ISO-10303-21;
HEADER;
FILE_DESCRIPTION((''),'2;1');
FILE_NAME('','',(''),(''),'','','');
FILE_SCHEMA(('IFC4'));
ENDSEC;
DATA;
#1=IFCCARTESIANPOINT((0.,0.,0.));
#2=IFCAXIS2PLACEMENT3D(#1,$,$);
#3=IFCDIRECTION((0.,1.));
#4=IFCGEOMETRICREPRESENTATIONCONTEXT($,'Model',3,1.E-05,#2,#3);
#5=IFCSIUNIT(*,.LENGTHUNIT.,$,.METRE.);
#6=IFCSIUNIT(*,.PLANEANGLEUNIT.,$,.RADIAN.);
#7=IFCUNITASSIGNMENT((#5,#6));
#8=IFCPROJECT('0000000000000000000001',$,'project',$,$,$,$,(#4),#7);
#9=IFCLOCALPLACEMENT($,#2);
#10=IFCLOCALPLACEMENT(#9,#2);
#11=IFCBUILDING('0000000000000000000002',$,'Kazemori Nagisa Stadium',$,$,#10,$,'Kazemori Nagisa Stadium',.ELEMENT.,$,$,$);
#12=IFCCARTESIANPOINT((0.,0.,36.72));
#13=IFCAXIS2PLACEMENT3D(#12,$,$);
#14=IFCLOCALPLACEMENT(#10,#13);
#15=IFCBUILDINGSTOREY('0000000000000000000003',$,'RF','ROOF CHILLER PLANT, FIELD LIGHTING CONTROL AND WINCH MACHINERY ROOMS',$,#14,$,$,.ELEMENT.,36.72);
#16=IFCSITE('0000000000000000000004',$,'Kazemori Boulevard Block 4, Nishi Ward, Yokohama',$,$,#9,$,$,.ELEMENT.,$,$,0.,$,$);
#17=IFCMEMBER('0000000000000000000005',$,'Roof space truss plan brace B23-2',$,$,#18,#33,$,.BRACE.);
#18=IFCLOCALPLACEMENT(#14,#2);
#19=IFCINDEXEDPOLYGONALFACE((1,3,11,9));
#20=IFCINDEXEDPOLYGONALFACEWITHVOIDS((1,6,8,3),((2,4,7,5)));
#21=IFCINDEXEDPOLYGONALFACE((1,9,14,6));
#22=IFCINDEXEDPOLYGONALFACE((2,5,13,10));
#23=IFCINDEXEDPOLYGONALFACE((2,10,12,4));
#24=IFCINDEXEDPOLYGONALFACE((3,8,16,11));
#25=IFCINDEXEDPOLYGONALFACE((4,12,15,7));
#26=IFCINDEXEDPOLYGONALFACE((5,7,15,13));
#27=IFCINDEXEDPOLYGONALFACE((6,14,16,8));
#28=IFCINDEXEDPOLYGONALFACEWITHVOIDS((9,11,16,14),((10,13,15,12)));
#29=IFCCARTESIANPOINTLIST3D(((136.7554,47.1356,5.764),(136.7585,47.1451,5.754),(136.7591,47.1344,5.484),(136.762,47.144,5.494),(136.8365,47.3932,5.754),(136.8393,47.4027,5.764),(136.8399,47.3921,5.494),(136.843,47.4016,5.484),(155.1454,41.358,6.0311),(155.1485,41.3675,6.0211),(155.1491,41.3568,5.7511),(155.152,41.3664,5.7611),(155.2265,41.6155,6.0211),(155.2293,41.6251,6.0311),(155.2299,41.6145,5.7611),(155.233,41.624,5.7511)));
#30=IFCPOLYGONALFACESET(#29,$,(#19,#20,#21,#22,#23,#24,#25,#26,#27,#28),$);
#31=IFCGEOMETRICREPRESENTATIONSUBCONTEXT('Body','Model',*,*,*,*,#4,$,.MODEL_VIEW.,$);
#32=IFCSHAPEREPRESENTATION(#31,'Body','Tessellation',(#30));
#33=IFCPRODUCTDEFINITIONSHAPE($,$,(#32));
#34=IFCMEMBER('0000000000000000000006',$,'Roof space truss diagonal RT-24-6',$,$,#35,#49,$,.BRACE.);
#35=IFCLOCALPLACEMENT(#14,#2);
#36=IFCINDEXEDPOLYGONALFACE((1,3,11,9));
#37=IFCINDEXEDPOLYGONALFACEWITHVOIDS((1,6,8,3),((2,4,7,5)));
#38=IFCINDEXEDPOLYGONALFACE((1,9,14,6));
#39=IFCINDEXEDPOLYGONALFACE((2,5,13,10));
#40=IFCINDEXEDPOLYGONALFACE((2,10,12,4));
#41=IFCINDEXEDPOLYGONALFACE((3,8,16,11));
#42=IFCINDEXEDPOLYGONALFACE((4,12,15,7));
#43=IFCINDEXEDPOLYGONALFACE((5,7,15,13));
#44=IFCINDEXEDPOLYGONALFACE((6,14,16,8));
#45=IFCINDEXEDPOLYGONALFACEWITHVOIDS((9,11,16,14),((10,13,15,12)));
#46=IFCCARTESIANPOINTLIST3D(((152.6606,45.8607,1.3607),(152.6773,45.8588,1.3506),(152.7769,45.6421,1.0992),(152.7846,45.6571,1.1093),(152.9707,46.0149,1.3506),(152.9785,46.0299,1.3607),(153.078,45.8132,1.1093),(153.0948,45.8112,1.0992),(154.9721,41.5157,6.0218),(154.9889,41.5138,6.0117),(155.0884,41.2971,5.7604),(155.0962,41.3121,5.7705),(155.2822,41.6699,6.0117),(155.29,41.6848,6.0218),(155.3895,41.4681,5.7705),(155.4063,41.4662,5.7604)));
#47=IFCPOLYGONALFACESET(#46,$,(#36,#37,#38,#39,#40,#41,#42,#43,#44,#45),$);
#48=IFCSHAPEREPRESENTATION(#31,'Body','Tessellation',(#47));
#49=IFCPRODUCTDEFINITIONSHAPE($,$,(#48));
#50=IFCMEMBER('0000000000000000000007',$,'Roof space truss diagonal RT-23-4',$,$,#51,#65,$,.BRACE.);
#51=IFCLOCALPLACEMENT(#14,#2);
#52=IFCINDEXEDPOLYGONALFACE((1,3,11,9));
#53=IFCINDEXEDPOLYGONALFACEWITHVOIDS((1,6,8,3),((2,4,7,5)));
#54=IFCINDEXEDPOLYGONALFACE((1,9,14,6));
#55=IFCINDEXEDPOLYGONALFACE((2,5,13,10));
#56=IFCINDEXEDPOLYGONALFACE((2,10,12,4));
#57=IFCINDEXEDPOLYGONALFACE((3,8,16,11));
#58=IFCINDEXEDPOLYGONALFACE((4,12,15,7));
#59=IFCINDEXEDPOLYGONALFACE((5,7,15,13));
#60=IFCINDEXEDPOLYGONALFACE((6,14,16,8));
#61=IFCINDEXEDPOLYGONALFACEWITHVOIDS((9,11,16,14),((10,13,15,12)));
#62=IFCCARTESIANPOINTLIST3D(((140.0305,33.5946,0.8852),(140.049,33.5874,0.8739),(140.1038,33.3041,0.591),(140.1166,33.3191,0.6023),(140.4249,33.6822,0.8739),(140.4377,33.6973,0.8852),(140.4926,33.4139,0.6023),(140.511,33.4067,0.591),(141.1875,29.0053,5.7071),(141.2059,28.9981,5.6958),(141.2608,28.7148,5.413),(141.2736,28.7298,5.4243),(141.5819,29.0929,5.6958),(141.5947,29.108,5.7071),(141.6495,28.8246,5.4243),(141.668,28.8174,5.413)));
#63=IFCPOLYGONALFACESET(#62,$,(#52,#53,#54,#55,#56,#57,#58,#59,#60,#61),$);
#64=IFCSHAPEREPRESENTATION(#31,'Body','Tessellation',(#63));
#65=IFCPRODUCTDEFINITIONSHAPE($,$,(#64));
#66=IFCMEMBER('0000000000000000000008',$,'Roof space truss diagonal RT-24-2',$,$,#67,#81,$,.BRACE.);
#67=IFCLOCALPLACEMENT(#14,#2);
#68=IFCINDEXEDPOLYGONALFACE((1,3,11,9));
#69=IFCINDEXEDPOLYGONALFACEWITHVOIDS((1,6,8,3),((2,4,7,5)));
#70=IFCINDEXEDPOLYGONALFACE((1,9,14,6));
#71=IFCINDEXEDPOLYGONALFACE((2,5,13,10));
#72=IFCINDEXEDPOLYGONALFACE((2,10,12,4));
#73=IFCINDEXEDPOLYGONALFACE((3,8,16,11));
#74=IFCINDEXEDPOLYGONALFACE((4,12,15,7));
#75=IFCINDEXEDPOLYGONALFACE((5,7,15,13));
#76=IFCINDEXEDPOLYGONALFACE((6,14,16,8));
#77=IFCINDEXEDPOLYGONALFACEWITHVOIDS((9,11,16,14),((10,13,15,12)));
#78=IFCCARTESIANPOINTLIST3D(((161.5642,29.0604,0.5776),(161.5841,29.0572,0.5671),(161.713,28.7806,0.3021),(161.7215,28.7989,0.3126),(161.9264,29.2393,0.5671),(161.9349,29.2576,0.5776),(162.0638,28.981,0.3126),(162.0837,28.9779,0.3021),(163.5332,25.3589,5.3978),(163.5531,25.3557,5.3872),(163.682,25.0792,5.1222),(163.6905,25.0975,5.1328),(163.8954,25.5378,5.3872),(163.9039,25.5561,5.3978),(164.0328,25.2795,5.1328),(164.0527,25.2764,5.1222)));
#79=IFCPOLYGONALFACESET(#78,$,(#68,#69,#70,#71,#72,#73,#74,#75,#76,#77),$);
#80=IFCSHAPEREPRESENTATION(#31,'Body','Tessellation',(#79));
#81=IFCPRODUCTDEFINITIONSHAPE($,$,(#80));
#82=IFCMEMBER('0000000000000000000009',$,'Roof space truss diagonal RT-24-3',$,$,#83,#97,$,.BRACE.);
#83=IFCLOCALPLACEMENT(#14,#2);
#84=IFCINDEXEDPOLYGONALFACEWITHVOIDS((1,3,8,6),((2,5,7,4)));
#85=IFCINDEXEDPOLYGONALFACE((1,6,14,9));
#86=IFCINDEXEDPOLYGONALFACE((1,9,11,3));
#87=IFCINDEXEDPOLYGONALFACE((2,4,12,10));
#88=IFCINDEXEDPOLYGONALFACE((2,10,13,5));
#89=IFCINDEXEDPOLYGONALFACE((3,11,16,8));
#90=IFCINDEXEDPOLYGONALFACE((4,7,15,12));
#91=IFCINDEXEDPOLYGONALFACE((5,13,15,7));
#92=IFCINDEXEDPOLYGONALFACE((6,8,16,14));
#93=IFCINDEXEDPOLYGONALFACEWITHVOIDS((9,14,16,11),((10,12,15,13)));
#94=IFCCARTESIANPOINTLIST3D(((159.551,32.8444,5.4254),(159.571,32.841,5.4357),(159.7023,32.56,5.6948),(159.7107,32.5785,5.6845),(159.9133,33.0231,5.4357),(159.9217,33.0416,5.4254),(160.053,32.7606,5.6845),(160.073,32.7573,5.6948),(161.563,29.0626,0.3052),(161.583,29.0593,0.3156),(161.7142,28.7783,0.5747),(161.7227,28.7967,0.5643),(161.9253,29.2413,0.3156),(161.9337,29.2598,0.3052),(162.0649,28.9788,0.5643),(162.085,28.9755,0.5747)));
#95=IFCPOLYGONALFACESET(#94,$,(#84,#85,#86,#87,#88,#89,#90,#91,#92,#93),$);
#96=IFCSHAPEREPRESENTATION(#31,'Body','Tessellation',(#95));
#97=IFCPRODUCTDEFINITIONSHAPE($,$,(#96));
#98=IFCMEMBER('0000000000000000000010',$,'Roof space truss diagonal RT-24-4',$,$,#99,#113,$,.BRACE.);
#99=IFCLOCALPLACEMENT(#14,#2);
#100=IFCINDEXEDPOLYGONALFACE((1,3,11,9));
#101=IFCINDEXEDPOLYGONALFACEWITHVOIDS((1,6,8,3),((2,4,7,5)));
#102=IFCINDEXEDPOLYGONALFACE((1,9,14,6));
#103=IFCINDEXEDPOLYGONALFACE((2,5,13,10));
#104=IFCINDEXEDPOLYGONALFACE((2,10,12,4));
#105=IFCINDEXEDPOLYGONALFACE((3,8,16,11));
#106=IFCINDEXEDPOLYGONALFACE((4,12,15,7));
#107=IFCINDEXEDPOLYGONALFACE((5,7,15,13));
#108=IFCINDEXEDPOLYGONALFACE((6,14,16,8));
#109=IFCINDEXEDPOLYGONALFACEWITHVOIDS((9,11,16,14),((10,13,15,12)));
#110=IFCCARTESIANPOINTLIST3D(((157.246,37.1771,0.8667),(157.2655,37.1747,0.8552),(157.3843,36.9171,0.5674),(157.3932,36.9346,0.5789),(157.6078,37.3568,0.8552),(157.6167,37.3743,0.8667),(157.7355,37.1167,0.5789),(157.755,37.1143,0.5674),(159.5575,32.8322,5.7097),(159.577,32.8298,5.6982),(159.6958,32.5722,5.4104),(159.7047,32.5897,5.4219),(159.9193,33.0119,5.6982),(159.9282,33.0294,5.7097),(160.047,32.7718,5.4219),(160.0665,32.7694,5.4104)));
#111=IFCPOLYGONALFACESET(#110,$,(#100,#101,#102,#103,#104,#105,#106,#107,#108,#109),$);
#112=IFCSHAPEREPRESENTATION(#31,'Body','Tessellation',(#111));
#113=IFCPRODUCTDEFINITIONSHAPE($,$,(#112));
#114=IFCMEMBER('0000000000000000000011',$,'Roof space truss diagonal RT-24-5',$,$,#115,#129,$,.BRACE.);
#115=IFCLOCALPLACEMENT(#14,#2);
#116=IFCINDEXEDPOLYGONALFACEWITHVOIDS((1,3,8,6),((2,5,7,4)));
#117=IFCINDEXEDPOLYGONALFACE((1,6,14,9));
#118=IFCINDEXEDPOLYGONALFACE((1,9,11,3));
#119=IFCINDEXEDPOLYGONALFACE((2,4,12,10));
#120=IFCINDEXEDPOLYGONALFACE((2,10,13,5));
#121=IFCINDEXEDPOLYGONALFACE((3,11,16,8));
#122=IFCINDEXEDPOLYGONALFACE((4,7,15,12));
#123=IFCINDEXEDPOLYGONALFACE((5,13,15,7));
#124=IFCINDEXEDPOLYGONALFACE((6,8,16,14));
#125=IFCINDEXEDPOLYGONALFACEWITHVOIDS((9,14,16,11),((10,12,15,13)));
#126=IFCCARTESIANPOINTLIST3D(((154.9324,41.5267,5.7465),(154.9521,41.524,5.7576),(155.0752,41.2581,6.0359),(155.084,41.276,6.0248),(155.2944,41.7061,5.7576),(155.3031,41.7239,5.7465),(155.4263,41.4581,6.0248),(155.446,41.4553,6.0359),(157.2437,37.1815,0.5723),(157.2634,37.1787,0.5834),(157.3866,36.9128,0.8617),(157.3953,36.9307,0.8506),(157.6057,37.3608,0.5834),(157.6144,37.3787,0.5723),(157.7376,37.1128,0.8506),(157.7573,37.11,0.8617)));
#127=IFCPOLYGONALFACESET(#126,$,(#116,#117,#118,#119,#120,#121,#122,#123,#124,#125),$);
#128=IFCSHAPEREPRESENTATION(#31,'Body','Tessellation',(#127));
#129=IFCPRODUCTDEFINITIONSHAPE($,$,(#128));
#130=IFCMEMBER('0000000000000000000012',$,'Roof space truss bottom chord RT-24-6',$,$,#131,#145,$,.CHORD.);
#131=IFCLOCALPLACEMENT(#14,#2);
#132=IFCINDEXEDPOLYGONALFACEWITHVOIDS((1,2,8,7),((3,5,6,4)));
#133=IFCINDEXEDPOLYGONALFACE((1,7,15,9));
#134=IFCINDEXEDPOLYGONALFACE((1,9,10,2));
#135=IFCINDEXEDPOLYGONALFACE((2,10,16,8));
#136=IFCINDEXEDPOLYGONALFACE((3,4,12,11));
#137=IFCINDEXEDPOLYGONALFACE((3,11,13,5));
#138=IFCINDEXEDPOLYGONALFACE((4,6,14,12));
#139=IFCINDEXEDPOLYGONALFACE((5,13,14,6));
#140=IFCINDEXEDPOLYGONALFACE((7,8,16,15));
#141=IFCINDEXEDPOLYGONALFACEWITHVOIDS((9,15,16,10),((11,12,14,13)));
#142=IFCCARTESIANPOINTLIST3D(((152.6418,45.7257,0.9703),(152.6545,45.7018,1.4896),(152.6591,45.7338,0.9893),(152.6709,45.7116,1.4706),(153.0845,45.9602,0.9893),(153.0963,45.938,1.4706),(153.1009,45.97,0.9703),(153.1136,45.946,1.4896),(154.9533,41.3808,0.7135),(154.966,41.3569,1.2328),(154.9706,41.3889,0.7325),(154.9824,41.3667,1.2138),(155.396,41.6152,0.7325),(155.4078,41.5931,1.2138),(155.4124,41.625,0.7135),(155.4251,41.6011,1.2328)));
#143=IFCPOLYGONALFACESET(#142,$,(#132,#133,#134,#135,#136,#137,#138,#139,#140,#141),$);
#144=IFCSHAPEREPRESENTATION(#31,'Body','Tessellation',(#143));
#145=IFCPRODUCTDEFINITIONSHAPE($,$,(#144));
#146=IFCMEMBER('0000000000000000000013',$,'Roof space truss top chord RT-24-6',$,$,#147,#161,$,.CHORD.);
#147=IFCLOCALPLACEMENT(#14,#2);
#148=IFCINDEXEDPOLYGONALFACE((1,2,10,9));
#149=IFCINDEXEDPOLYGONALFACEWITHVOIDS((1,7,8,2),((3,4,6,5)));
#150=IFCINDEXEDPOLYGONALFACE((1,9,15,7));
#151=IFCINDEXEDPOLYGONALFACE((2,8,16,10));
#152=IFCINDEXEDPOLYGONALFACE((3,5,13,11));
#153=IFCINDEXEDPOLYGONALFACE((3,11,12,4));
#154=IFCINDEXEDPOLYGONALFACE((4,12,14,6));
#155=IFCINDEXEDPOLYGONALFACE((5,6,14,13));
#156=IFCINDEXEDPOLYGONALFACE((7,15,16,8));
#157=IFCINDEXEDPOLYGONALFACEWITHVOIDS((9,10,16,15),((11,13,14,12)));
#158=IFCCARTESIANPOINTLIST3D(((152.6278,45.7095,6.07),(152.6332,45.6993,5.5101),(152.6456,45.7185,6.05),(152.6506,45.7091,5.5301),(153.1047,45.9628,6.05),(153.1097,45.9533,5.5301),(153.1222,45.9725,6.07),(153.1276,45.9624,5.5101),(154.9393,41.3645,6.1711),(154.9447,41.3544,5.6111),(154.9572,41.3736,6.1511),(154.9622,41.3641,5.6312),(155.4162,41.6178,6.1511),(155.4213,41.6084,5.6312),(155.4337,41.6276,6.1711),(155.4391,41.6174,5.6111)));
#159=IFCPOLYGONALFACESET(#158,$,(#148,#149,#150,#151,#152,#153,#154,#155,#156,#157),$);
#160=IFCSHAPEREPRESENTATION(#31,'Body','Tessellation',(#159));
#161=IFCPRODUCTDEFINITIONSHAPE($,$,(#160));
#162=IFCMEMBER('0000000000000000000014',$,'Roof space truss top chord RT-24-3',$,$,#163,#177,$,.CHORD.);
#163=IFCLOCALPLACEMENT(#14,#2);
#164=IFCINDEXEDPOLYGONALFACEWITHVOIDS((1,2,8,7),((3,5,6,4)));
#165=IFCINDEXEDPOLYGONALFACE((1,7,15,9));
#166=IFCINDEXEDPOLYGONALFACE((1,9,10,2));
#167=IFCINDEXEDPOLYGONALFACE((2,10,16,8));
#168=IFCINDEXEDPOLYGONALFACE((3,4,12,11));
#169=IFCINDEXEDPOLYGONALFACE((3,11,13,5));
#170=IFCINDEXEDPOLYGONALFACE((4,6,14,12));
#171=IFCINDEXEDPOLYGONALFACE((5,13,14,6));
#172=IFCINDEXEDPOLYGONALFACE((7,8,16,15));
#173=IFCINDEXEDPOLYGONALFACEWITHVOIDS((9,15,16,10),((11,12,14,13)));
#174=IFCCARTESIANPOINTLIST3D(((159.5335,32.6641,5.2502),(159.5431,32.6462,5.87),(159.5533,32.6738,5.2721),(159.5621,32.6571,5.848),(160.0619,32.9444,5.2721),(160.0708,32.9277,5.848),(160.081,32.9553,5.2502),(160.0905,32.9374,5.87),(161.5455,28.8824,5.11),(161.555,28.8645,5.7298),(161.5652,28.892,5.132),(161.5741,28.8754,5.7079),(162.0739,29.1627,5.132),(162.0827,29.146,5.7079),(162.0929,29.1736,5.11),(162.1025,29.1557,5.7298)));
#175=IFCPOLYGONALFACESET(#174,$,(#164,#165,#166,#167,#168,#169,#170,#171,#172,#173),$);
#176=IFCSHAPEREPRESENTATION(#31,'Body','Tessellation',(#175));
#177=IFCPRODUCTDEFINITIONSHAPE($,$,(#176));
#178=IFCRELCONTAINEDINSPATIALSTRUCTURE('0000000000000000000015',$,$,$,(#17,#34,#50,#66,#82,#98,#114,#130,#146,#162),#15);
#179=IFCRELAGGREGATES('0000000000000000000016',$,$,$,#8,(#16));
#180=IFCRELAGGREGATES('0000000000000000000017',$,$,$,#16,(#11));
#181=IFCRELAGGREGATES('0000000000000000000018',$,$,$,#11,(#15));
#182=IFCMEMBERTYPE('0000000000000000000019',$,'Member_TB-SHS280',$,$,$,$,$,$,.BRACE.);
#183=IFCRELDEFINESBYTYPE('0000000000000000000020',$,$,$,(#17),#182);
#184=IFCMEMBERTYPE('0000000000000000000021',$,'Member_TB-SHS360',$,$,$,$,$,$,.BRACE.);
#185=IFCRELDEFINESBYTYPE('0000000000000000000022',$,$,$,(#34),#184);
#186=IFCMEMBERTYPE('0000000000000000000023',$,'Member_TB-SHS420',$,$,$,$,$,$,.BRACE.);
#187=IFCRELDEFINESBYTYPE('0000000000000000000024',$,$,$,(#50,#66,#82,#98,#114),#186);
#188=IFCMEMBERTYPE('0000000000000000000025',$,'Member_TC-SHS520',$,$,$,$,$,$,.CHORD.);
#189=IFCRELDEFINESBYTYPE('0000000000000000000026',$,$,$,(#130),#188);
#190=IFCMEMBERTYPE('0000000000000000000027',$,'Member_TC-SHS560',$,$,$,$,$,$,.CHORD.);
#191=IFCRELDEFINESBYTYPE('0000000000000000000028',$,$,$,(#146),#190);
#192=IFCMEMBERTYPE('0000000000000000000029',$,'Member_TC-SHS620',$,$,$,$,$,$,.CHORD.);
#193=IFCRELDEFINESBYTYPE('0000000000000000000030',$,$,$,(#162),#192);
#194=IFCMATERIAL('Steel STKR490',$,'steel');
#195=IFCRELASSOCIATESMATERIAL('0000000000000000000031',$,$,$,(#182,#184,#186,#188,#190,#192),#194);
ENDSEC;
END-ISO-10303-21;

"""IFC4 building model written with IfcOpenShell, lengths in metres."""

from ifc_helpers import new_model, si_unit, direction, frame, origin, origin_2d, place, context, subcontext, project, spatial, hollow_rectangle, extrude, material, material_profile, profile_set, type_object, element, save


model = new_model("IFC4")

# Units and contexts
model_context = context("Model", 3, precision=1e-05, world=origin(), true_north=direction((0.0, 1.0)))
body_context = subcontext(model_context, "Body", "Model", "MODEL_VIEW")
ifc_project = project(units=[si_unit("LENGTHUNIT", "METRE"), si_unit("PLANEANGLEUNIT", "RADIAN")], contexts=[model_context])

# Site, building, storey
site_placement = place(None, origin())
site = spatial("IfcSite", under=ifc_project, at=site_placement, Name="Kazemori Boulevard Block 4, Nishi Ward, Yokohama", CompositionType="ELEMENT", RefElevation=0.0)
building_placement = place(site_placement, origin())
building = spatial("IfcBuilding", under=site, at=building_placement, Name="Kazemori Nagisa Stadium", LongName="Kazemori Nagisa Stadium", CompositionType="ELEMENT")
storey_placement = place(building_placement, frame((0.0, 0.0, 36.72)))
storey = spatial("IfcBuildingStorey", under=building, at=storey_placement, Name="RF", Description="ROOF CHILLER PLANT, FIELD LIGHTING CONTROL AND WINCH MACHINERY ROOMS", CompositionType="ELEMENT", Elevation=36.72)

# Members
ifc_material_1 = material(Name="Steel STKR490", Category="steel")
ifc_material_profile_1 = material_profile(ifc_material_1, hollow_rectangle(XDim=0.28, YDim=0.28, WallThickness=0.01, at=origin_2d()), Name="SHS-280x280x10")
ifc_profile_set_1 = profile_set([ifc_material_profile_1], Name="Steel STKR490")
member_type_1 = type_object("IfcMemberType", Name="Member_TB-SHS280", PredefinedType="BRACE", material=ifc_profile_set_1)
member_1_placement = place(storey_placement, frame((155.1892, 41.491, 5.8911), z_axis=(-0.953933, 0.299699, -0.013855), x_axis=(-0.299728, -0.954025, 0.0)))
element("IfcMember", 1, at=member_1_placement, inside=storey, type_object=member_type_1, Name="Roof space truss plan brace B23-2", PredefinedType="BRACE", context=body_context, shape_type="SweptSolid", body=[
    extrude(hollow_rectangle(XDim=0.28, YDim=0.28, WallThickness=0.01, at=origin_2d()), origin(), (0.0, 0.0, 1.0), 19.2781),
])
ifc_material_profile_2 = material_profile(ifc_material_1, hollow_rectangle(XDim=0.3601, YDim=0.3601, WallThickness=0.0139, at=origin_2d()), Name="SHS-360x360x14")
ifc_profile_set_2 = profile_set([ifc_material_profile_2], Name="Steel STKR490")
member_type_2 = type_object("IfcMemberType", Name="Member_TB-SHS360", PredefinedType="BRACE", material=ifc_profile_set_2)
member_2_placement = place(storey_placement, frame((155.1892, 41.491, 5.8911), z_axis=(-0.341008, 0.640993, -0.687635), x_axis=(-0.882841, -0.469671, 0.0)))
element("IfcMember", 2, at=member_2_placement, inside=storey, type_object=member_type_2, Name="Roof space truss diagonal RT-24-6", PredefinedType="BRACE", context=body_context, shape_type="SweptSolid", body=[
    extrude(hollow_rectangle(XDim=0.3601, YDim=0.3601, WallThickness=0.0139, at=origin_2d()), origin(), (0.0, 0.0, 1.0), 6.7786),
])
ifc_material_profile_3 = material_profile(ifc_material_1, hollow_rectangle(XDim=0.4199, YDim=0.4199, WallThickness=0.0161, at=origin_2d()), Name="SHS-420x420x16")
ifc_profile_set_3 = profile_set([ifc_material_profile_3], Name="Steel STKR490")
member_type_3 = type_object("IfcMemberType", Name="Member_TB-SHS420", PredefinedType="BRACE", material=ifc_profile_set_3)
member_3_placement = place(storey_placement, frame((141.4277, 28.9114, 5.5601), z_axis=(-0.171235, 0.679233, -0.713668), x_axis=(-0.969661, -0.244453, 0.0)))
element("IfcMember", 3, at=member_3_placement, inside=storey, type_object=member_type_3, Name="Roof space truss diagonal RT-23-4", PredefinedType="BRACE", context=body_context, shape_type="SweptSolid", body=[
    extrude(hollow_rectangle(XDim=0.4199, YDim=0.4199, WallThickness=0.0161, at=origin_2d()), origin(), (0.0, 0.0, 1.0), 6.7566),
])
member_4_placement = place(storey_placement, frame((163.793, 25.3176, 5.26), z_axis=(-0.308218, 0.579405, -0.754514), x_axis=(-0.882857, -0.469642, 0.0)))
element("IfcMember", 4, at=member_4_placement, inside=storey, type_object=member_type_3, Name="Roof space truss diagonal RT-24-2", PredefinedType="BRACE", context=body_context, shape_type="SweptSolid", body=[
    extrude(hollow_rectangle(XDim=0.4199, YDim=0.4199, WallThickness=0.0161, at=origin_2d()), origin(), (0.0, 0.0, 1.0), 6.3884),
])
member_5_placement = place(storey_placement, frame((161.824, 29.019, 0.4399), z_axis=(-0.301385, 0.566492, 0.766977), x_axis=(-0.882834, -0.469686, 0.0)))
element("IfcMember", 5, at=member_5_placement, inside=storey, type_object=member_type_3, Name="Roof space truss diagonal RT-24-3", PredefinedType="BRACE", context=body_context, shape_type="SweptSolid", body=[
    extrude(hollow_rectangle(XDim=0.4199, YDim=0.4199, WallThickness=0.0161, at=origin_2d()), origin(), (0.0, 0.0, 1.0), 6.6758),
])
member_6_placement = place(storey_placement, frame((159.812, 32.8008, 5.5601), z_axis=(-0.334769, 0.629265, -0.701395), x_axis=(-0.882841, -0.469671, 0.0)))
element("IfcMember", 6, at=member_6_placement, inside=storey, type_object=member_type_3, Name="Roof space truss diagonal RT-24-4", PredefinedType="BRACE", context=body_context, shape_type="SweptSolid", body=[
    extrude(hollow_rectangle(XDim=0.4199, YDim=0.4199, WallThickness=0.0161, at=origin_2d()), origin(), (0.0, 0.0, 1.0), 6.9048),
])
member_7_placement = place(storey_placement, frame((157.5005, 37.1458, 0.717), z_axis=(-0.323663, 0.608488, 0.724558), x_axis=(-0.882873, -0.469612, 0.0)))
element("IfcMember", 7, at=member_7_placement, inside=storey, type_object=member_type_3, Name="Roof space truss diagonal RT-24-5", PredefinedType="BRACE", context=body_context, shape_type="SweptSolid", body=[
    extrude(hollow_rectangle(XDim=0.4199, YDim=0.4199, WallThickness=0.0161, at=origin_2d()), origin(), (0.0, 0.0, 1.0), 7.1411),
])
ifc_material_profile_4 = material_profile(ifc_material_1, hollow_rectangle(XDim=0.52, YDim=0.52, WallThickness=0.019, at=origin_2d()), Name="SHS-520x520x19")
ifc_profile_set_4 = profile_set([ifc_material_profile_4], Name="Steel STKR490")
member_type_4 = type_object("IfcMemberType", Name="Member_TC-SHS520", PredefinedType="CHORD", material=ifc_profile_set_4)
member_8_placement = place(storey_placement, frame((155.1892, 41.491, 0.9731), z_axis=(-0.469033, 0.881642, 0.052115), x_axis=(-0.882841, -0.469671, 0.0)))
element("IfcMember", 8, at=member_8_placement, inside=storey, type_object=member_type_4, Name="Roof space truss bottom chord RT-24-6", PredefinedType="CHORD", context=body_context, shape_type="SweptSolid", body=[
    extrude(hollow_rectangle(XDim=0.52, YDim=0.52, WallThickness=0.019, at=origin_2d()), origin(), (0.0, 0.0, 1.0), 4.9282),
])
ifc_material_profile_5 = material_profile(ifc_material_1, hollow_rectangle(XDim=0.5601, YDim=0.5601, WallThickness=0.02, at=origin_2d()), Name="SHS-560x560x20")
ifc_profile_set_5 = profile_set([ifc_material_profile_5], Name="Steel STKR490")
member_type_5 = type_object("IfcMemberType", Name="Member_TC-SHS560", PredefinedType="CHORD", material=ifc_profile_set_5)
member_9_placement = place(storey_placement, frame((155.1892, 41.491, 5.8911), z_axis=(-0.469572, 0.882655, -0.020533), x_axis=(-0.882841, -0.469671, 0.0)))
element("IfcMember", 9, at=member_9_placement, inside=storey, type_object=member_type_5, Name="Roof space truss top chord RT-24-6", PredefinedType="CHORD", context=body_context, shape_type="SweptSolid", body=[
    extrude(hollow_rectangle(XDim=0.5601, YDim=0.5601, WallThickness=0.02, at=origin_2d()), origin(), (0.0, 0.0, 1.0), 4.9226),
])
ifc_material_profile_6 = material_profile(ifc_material_1, hollow_rectangle(XDim=0.6201, YDim=0.6201, WallThickness=0.022, at=origin_2d()), Name="SHS-620x620x22")
ifc_profile_set_6 = profile_set([ifc_material_profile_6], Name="Steel STKR490")
member_type_6 = type_object("IfcMemberType", Name="Member_TC-SHS620", PredefinedType="CHORD", material=ifc_profile_set_6)
member_10_placement = place(storey_placement, frame((161.824, 29.019, 5.4199), z_axis=(-0.469435, 0.882362, 0.032697), x_axis=(-0.882834, -0.469686, 0.0)))
element("IfcMember", 10, at=member_10_placement, inside=storey, type_object=member_type_6, Name="Roof space truss top chord RT-24-3", PredefinedType="CHORD", context=body_context, shape_type="SweptSolid", body=[
    extrude(hollow_rectangle(XDim=0.6201, YDim=0.6201, WallThickness=0.022, at=origin_2d()), origin(), (0.0, 0.0, 1.0), 4.2859),
])

save(model, "model.ifc")
